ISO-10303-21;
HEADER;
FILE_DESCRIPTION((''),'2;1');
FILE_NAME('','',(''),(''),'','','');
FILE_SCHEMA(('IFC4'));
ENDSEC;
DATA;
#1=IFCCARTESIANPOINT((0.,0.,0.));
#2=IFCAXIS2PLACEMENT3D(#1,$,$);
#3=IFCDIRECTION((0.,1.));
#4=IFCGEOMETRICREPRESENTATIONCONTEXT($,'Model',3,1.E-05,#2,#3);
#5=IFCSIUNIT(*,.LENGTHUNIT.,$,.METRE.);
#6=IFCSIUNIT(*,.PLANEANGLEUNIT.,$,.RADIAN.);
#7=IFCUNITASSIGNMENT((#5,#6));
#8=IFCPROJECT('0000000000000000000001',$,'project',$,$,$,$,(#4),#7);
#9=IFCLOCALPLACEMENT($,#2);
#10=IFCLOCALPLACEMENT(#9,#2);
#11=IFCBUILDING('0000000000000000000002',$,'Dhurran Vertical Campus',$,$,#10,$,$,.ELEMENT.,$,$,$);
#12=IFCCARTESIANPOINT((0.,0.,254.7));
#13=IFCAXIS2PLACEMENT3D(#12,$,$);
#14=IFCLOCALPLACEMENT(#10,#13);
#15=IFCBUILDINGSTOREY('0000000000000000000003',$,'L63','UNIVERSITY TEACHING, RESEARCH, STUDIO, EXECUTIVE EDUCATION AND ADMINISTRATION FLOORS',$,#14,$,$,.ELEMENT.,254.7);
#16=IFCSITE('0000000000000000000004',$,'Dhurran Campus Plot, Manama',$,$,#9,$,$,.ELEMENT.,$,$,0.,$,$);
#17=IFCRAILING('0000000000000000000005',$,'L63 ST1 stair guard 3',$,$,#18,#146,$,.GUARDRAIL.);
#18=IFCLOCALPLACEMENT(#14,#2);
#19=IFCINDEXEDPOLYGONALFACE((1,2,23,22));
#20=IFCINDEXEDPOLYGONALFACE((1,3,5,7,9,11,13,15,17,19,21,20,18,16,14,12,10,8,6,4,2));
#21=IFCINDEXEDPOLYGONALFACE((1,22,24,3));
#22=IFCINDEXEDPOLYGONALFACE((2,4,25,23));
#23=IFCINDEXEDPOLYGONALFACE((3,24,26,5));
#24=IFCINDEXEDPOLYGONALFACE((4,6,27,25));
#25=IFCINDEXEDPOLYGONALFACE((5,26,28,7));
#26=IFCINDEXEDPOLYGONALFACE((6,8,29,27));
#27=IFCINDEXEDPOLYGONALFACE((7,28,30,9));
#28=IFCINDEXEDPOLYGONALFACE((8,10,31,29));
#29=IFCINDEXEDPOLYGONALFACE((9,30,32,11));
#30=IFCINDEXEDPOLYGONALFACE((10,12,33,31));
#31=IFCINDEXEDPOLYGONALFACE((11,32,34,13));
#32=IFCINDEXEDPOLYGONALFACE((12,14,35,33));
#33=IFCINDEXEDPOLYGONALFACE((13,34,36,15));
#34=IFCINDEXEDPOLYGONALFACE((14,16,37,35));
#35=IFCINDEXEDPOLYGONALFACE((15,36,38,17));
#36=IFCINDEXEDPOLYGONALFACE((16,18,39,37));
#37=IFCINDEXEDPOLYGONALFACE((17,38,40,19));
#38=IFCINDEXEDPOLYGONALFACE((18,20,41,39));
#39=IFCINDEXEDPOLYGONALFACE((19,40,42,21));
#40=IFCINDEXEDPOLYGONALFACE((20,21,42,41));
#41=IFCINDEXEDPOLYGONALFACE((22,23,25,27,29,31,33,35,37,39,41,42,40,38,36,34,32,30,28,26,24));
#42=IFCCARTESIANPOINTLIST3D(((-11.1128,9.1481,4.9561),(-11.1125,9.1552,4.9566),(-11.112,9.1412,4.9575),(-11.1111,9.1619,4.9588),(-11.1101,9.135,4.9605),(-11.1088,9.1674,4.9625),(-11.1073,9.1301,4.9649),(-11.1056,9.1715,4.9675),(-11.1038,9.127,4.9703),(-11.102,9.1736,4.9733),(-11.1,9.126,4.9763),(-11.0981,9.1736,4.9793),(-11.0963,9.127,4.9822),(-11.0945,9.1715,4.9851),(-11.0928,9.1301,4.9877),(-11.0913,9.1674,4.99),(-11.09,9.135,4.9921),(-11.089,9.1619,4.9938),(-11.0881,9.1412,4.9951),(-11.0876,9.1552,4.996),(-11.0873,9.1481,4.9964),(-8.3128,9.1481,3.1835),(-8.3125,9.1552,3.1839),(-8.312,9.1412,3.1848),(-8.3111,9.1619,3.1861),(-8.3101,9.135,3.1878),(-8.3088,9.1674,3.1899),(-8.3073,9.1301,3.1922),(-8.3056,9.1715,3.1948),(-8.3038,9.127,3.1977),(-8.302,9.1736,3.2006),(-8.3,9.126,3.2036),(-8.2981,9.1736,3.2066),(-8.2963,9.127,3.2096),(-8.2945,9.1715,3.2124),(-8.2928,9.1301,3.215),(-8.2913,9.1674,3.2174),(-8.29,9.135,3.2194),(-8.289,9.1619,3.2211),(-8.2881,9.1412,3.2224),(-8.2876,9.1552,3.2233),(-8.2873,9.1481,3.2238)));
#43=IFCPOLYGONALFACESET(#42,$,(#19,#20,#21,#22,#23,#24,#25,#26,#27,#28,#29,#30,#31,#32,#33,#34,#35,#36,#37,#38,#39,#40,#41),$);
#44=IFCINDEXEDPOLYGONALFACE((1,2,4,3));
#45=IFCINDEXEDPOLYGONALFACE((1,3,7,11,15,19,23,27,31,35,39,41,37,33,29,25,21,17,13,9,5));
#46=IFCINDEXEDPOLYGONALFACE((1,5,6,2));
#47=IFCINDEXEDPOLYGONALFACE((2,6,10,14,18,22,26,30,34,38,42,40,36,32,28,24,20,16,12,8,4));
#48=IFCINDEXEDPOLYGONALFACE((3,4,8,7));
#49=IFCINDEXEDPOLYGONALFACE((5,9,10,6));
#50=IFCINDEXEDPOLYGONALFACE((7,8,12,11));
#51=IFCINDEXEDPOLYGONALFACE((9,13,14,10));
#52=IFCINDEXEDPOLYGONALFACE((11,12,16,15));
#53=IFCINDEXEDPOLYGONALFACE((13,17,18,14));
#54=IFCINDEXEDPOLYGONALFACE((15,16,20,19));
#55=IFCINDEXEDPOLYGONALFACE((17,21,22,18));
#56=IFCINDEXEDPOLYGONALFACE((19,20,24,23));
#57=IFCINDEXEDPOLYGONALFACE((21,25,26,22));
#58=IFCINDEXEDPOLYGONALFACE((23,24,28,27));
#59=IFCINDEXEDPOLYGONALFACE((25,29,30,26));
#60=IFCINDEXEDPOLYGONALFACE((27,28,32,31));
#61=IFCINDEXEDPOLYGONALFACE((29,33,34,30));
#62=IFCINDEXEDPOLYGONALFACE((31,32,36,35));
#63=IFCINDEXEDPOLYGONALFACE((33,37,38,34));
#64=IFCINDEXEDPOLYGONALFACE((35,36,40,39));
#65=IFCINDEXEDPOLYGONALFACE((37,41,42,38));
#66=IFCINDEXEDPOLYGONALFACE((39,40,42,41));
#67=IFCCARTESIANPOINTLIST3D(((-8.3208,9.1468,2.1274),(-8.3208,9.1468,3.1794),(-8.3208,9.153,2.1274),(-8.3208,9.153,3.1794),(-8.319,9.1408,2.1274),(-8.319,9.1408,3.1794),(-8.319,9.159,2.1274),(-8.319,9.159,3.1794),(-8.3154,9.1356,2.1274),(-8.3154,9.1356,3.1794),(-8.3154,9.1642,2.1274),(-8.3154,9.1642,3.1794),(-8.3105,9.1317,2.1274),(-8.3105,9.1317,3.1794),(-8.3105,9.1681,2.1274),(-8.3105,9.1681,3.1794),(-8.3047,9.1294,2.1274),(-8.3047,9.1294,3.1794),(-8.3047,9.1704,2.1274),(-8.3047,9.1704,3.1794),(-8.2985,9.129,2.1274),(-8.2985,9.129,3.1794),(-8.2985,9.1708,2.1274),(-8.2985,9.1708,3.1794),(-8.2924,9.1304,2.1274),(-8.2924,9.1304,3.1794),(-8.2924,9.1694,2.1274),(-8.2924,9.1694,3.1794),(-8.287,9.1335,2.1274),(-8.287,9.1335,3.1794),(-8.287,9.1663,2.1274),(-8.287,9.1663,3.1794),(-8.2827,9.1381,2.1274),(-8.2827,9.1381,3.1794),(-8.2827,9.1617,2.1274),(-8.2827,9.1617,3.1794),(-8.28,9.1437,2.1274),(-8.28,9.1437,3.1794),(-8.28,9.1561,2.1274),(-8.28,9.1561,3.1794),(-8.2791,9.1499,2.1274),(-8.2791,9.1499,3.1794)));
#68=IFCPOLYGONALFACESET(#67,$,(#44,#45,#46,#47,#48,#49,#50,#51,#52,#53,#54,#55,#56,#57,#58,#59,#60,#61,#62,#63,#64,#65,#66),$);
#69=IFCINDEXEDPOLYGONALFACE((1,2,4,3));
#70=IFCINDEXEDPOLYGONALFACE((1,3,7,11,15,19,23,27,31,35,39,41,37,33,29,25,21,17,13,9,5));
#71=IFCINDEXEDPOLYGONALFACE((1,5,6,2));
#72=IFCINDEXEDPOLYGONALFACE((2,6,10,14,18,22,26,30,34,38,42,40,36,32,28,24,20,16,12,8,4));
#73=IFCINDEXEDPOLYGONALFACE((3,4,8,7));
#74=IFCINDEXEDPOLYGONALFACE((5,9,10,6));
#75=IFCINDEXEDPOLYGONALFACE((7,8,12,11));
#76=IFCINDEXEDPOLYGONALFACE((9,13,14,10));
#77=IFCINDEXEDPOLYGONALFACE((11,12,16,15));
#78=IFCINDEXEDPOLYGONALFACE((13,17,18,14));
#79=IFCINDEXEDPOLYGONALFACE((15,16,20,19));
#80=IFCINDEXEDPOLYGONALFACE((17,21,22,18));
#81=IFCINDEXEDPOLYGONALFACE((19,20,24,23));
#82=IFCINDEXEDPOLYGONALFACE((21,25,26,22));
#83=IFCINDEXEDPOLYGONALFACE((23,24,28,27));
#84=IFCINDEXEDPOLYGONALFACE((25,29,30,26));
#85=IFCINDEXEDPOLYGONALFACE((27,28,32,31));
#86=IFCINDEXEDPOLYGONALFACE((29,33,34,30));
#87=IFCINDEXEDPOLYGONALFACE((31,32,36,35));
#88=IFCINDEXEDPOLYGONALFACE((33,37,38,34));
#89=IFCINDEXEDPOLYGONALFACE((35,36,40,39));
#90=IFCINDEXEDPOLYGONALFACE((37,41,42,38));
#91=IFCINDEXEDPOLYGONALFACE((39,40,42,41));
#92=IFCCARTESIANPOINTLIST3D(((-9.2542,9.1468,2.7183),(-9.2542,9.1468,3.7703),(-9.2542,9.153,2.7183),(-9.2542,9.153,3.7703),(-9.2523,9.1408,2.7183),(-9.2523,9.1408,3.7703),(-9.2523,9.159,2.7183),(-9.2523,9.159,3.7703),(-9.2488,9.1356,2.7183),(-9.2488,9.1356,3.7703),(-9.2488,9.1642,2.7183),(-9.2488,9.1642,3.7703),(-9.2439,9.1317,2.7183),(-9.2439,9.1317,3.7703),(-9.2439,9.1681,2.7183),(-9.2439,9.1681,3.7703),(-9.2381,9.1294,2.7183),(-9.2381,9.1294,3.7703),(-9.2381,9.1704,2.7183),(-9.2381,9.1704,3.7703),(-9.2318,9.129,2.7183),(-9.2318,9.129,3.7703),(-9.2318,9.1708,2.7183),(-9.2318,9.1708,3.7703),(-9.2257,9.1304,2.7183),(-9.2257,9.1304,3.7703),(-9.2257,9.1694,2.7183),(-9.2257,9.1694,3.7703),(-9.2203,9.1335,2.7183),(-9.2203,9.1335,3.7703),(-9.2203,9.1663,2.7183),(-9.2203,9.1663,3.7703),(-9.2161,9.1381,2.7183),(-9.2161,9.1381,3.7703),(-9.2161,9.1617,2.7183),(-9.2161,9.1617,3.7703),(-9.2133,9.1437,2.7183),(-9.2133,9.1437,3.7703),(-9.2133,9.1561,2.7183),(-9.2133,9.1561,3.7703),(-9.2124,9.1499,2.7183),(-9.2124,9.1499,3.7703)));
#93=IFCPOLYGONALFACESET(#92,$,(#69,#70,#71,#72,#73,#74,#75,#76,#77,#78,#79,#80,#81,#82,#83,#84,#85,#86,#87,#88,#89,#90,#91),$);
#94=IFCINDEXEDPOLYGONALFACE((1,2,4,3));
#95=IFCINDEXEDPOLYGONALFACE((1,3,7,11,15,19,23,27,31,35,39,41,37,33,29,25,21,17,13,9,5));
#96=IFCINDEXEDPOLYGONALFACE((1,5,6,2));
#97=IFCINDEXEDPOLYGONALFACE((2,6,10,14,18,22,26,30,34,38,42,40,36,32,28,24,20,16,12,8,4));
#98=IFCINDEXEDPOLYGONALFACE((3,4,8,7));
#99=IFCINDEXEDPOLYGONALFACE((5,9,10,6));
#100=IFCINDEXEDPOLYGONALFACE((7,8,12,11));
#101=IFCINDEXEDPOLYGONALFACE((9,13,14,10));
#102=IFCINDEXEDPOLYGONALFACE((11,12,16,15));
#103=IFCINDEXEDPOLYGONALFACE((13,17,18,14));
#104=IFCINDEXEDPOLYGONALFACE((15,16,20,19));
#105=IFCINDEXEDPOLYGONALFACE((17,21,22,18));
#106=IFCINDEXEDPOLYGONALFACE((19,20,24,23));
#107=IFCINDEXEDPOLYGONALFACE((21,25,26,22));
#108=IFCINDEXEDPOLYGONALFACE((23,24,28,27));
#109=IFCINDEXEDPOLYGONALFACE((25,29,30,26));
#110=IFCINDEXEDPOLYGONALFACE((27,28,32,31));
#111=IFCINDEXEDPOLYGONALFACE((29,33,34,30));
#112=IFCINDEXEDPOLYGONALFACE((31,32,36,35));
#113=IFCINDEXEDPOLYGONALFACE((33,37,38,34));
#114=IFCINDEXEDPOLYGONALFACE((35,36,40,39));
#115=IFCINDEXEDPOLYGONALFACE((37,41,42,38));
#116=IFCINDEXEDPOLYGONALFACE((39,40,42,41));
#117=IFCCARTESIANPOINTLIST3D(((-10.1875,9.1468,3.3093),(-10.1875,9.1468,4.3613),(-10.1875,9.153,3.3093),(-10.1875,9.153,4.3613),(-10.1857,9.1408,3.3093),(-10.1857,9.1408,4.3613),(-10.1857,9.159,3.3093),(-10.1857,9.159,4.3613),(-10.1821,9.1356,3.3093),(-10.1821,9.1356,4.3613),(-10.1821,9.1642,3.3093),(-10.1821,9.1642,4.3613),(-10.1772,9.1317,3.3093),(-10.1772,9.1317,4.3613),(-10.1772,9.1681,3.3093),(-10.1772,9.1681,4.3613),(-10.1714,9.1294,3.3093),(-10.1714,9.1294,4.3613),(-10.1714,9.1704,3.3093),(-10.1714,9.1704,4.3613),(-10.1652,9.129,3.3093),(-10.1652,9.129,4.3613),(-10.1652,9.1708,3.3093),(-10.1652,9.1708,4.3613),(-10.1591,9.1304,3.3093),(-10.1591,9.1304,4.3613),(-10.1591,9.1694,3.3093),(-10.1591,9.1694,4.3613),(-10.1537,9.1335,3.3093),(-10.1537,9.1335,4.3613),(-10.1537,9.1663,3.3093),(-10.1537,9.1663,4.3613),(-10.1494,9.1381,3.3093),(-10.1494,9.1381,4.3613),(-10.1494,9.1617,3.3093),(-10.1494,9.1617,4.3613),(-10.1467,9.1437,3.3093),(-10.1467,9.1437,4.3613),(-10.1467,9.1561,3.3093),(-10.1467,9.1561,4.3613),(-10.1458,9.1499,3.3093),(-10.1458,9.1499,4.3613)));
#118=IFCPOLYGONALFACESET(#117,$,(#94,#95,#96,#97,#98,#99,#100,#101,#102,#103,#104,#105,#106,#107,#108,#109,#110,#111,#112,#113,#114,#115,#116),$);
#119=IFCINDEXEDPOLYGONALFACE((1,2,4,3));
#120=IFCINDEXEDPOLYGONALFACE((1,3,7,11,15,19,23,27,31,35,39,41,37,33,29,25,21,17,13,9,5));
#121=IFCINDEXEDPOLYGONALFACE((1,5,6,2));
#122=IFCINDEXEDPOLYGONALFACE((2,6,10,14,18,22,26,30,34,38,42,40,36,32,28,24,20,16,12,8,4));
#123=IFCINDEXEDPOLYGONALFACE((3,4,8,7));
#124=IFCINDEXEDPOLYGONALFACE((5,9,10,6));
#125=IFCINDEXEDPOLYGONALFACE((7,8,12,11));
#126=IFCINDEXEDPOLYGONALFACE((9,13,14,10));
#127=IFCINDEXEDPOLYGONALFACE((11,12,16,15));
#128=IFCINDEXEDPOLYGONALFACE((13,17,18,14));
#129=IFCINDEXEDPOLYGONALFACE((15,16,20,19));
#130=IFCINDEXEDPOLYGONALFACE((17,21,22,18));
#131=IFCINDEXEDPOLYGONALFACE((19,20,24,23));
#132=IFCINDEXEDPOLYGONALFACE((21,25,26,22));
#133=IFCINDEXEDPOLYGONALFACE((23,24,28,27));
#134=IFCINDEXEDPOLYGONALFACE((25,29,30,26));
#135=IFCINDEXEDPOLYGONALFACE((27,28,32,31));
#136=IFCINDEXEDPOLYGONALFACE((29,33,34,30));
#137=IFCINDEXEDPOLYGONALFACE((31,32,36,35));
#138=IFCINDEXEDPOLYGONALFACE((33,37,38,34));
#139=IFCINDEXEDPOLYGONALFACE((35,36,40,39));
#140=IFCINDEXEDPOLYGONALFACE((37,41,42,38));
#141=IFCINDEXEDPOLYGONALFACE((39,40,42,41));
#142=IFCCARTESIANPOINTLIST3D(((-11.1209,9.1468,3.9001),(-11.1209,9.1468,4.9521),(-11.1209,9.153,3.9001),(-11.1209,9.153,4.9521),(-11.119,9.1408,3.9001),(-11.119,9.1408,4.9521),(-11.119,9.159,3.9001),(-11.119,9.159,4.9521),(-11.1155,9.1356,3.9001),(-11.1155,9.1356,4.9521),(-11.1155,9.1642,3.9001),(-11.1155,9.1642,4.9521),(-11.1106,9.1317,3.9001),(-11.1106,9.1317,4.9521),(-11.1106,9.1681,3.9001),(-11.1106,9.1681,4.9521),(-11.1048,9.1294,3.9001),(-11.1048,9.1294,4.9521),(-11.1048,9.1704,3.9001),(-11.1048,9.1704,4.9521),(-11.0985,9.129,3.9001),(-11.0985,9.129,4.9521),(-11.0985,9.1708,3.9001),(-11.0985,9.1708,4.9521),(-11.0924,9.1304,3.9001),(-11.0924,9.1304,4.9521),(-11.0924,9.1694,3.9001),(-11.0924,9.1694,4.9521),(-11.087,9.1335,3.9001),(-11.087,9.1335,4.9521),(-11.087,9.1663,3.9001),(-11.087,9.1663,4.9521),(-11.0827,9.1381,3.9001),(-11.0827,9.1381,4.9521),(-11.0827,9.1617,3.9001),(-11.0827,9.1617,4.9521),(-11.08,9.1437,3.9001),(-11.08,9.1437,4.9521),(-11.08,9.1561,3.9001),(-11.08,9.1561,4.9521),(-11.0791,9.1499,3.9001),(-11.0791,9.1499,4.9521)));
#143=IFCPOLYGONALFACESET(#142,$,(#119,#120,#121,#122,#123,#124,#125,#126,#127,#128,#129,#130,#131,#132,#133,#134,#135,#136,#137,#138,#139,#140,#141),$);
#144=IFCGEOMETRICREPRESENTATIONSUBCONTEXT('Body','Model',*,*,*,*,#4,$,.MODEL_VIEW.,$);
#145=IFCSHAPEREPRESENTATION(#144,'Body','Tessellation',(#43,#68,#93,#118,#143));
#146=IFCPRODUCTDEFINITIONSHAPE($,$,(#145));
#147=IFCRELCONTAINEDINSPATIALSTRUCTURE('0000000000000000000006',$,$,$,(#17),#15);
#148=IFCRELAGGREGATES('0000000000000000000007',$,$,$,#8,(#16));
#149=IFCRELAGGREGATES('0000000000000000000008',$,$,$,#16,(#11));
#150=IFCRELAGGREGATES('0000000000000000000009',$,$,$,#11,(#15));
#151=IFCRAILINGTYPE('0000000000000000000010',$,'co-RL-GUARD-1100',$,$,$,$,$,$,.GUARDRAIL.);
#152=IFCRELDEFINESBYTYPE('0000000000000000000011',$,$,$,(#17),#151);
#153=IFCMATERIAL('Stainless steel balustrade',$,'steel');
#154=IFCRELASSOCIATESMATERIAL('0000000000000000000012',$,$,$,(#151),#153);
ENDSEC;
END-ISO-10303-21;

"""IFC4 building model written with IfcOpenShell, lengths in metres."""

from ifc_helpers import new_model, si_unit, direction, frame, origin, origin_2d, place, context, subcontext, project, spatial, circle, extrude, material, type_object, element, save


model = new_model("IFC4")

# Units and contexts
model_context = context("Model", 3, precision=1e-05, world=origin(), true_north=direction((0.0, 1.0)))
body_context = subcontext(model_context, "Body", "Model", "MODEL_VIEW")
ifc_project = project(units=[si_unit("LENGTHUNIT", "METRE"), si_unit("PLANEANGLEUNIT", "RADIAN")], contexts=[model_context])

# Site, building, storey
site_placement = place(None, origin())
site = spatial("IfcSite", under=ifc_project, at=site_placement, Name="Dhurran Campus Plot, Manama", CompositionType="ELEMENT", RefElevation=0.0)
building_placement = place(site_placement, origin())
building = spatial("IfcBuilding", under=site, at=building_placement, Name="Dhurran Vertical Campus", CompositionType="ELEMENT")
storey_placement = place(building_placement, frame((0.0, 0.0, 254.7)))
storey = spatial("IfcBuildingStorey", under=building, at=storey_placement, Name="L63", Description="UNIVERSITY TEACHING, RESEARCH, STUDIO, EXECUTIVE EDUCATION AND ADMINISTRATION FLOORS", CompositionType="ELEMENT", Elevation=254.7)

# Railing
ifc_material_1 = material(Name="Stainless steel balustrade", Category="steel")
railing_type_1 = type_object("IfcRailingType", Name="co-RL-GUARD-1100", PredefinedType="GUARDRAIL", material=ifc_material_1)
railing_1_placement = place(storey_placement, frame((-8.3, 9.1499, 2.1274)))
element("IfcRailing", 1, at=railing_1_placement, inside=storey, type_object=railing_type_1, Name="L63 ST1 stair guard 3", PredefinedType="GUARDRAIL", context=body_context, shape_type="SweptSolid", body=[
    extrude(circle(Radius=0.0239, at=origin_2d()), frame((0.0, 0.0, 1.0762), z_axis=(-0.844909, 0.0, 0.53491), x_axis=(0.0, -1.0, 0.0)), (0.0, 0.0, 1.0), 3.314),
    extrude(circle(Radius=0.021, at=origin_2d()), origin(), (0.0, 0.0, 1.0), 1.052),
    extrude(circle(Radius=0.021, at=origin_2d()), frame((-0.9333, 0.0, 0.5908)), (0.0, 0.0, 1.0), 1.052),
    extrude(circle(Radius=0.021, at=origin_2d()), frame((-1.8667, 0.0, 1.1819)), (0.0, 0.0, 1.0), 1.052),
    extrude(circle(Radius=0.021, at=origin_2d()), frame((-2.8, 0.0, 1.7727)), (0.0, 0.0, 1.0), 1.052),
])

save(model, "model.ifc")
